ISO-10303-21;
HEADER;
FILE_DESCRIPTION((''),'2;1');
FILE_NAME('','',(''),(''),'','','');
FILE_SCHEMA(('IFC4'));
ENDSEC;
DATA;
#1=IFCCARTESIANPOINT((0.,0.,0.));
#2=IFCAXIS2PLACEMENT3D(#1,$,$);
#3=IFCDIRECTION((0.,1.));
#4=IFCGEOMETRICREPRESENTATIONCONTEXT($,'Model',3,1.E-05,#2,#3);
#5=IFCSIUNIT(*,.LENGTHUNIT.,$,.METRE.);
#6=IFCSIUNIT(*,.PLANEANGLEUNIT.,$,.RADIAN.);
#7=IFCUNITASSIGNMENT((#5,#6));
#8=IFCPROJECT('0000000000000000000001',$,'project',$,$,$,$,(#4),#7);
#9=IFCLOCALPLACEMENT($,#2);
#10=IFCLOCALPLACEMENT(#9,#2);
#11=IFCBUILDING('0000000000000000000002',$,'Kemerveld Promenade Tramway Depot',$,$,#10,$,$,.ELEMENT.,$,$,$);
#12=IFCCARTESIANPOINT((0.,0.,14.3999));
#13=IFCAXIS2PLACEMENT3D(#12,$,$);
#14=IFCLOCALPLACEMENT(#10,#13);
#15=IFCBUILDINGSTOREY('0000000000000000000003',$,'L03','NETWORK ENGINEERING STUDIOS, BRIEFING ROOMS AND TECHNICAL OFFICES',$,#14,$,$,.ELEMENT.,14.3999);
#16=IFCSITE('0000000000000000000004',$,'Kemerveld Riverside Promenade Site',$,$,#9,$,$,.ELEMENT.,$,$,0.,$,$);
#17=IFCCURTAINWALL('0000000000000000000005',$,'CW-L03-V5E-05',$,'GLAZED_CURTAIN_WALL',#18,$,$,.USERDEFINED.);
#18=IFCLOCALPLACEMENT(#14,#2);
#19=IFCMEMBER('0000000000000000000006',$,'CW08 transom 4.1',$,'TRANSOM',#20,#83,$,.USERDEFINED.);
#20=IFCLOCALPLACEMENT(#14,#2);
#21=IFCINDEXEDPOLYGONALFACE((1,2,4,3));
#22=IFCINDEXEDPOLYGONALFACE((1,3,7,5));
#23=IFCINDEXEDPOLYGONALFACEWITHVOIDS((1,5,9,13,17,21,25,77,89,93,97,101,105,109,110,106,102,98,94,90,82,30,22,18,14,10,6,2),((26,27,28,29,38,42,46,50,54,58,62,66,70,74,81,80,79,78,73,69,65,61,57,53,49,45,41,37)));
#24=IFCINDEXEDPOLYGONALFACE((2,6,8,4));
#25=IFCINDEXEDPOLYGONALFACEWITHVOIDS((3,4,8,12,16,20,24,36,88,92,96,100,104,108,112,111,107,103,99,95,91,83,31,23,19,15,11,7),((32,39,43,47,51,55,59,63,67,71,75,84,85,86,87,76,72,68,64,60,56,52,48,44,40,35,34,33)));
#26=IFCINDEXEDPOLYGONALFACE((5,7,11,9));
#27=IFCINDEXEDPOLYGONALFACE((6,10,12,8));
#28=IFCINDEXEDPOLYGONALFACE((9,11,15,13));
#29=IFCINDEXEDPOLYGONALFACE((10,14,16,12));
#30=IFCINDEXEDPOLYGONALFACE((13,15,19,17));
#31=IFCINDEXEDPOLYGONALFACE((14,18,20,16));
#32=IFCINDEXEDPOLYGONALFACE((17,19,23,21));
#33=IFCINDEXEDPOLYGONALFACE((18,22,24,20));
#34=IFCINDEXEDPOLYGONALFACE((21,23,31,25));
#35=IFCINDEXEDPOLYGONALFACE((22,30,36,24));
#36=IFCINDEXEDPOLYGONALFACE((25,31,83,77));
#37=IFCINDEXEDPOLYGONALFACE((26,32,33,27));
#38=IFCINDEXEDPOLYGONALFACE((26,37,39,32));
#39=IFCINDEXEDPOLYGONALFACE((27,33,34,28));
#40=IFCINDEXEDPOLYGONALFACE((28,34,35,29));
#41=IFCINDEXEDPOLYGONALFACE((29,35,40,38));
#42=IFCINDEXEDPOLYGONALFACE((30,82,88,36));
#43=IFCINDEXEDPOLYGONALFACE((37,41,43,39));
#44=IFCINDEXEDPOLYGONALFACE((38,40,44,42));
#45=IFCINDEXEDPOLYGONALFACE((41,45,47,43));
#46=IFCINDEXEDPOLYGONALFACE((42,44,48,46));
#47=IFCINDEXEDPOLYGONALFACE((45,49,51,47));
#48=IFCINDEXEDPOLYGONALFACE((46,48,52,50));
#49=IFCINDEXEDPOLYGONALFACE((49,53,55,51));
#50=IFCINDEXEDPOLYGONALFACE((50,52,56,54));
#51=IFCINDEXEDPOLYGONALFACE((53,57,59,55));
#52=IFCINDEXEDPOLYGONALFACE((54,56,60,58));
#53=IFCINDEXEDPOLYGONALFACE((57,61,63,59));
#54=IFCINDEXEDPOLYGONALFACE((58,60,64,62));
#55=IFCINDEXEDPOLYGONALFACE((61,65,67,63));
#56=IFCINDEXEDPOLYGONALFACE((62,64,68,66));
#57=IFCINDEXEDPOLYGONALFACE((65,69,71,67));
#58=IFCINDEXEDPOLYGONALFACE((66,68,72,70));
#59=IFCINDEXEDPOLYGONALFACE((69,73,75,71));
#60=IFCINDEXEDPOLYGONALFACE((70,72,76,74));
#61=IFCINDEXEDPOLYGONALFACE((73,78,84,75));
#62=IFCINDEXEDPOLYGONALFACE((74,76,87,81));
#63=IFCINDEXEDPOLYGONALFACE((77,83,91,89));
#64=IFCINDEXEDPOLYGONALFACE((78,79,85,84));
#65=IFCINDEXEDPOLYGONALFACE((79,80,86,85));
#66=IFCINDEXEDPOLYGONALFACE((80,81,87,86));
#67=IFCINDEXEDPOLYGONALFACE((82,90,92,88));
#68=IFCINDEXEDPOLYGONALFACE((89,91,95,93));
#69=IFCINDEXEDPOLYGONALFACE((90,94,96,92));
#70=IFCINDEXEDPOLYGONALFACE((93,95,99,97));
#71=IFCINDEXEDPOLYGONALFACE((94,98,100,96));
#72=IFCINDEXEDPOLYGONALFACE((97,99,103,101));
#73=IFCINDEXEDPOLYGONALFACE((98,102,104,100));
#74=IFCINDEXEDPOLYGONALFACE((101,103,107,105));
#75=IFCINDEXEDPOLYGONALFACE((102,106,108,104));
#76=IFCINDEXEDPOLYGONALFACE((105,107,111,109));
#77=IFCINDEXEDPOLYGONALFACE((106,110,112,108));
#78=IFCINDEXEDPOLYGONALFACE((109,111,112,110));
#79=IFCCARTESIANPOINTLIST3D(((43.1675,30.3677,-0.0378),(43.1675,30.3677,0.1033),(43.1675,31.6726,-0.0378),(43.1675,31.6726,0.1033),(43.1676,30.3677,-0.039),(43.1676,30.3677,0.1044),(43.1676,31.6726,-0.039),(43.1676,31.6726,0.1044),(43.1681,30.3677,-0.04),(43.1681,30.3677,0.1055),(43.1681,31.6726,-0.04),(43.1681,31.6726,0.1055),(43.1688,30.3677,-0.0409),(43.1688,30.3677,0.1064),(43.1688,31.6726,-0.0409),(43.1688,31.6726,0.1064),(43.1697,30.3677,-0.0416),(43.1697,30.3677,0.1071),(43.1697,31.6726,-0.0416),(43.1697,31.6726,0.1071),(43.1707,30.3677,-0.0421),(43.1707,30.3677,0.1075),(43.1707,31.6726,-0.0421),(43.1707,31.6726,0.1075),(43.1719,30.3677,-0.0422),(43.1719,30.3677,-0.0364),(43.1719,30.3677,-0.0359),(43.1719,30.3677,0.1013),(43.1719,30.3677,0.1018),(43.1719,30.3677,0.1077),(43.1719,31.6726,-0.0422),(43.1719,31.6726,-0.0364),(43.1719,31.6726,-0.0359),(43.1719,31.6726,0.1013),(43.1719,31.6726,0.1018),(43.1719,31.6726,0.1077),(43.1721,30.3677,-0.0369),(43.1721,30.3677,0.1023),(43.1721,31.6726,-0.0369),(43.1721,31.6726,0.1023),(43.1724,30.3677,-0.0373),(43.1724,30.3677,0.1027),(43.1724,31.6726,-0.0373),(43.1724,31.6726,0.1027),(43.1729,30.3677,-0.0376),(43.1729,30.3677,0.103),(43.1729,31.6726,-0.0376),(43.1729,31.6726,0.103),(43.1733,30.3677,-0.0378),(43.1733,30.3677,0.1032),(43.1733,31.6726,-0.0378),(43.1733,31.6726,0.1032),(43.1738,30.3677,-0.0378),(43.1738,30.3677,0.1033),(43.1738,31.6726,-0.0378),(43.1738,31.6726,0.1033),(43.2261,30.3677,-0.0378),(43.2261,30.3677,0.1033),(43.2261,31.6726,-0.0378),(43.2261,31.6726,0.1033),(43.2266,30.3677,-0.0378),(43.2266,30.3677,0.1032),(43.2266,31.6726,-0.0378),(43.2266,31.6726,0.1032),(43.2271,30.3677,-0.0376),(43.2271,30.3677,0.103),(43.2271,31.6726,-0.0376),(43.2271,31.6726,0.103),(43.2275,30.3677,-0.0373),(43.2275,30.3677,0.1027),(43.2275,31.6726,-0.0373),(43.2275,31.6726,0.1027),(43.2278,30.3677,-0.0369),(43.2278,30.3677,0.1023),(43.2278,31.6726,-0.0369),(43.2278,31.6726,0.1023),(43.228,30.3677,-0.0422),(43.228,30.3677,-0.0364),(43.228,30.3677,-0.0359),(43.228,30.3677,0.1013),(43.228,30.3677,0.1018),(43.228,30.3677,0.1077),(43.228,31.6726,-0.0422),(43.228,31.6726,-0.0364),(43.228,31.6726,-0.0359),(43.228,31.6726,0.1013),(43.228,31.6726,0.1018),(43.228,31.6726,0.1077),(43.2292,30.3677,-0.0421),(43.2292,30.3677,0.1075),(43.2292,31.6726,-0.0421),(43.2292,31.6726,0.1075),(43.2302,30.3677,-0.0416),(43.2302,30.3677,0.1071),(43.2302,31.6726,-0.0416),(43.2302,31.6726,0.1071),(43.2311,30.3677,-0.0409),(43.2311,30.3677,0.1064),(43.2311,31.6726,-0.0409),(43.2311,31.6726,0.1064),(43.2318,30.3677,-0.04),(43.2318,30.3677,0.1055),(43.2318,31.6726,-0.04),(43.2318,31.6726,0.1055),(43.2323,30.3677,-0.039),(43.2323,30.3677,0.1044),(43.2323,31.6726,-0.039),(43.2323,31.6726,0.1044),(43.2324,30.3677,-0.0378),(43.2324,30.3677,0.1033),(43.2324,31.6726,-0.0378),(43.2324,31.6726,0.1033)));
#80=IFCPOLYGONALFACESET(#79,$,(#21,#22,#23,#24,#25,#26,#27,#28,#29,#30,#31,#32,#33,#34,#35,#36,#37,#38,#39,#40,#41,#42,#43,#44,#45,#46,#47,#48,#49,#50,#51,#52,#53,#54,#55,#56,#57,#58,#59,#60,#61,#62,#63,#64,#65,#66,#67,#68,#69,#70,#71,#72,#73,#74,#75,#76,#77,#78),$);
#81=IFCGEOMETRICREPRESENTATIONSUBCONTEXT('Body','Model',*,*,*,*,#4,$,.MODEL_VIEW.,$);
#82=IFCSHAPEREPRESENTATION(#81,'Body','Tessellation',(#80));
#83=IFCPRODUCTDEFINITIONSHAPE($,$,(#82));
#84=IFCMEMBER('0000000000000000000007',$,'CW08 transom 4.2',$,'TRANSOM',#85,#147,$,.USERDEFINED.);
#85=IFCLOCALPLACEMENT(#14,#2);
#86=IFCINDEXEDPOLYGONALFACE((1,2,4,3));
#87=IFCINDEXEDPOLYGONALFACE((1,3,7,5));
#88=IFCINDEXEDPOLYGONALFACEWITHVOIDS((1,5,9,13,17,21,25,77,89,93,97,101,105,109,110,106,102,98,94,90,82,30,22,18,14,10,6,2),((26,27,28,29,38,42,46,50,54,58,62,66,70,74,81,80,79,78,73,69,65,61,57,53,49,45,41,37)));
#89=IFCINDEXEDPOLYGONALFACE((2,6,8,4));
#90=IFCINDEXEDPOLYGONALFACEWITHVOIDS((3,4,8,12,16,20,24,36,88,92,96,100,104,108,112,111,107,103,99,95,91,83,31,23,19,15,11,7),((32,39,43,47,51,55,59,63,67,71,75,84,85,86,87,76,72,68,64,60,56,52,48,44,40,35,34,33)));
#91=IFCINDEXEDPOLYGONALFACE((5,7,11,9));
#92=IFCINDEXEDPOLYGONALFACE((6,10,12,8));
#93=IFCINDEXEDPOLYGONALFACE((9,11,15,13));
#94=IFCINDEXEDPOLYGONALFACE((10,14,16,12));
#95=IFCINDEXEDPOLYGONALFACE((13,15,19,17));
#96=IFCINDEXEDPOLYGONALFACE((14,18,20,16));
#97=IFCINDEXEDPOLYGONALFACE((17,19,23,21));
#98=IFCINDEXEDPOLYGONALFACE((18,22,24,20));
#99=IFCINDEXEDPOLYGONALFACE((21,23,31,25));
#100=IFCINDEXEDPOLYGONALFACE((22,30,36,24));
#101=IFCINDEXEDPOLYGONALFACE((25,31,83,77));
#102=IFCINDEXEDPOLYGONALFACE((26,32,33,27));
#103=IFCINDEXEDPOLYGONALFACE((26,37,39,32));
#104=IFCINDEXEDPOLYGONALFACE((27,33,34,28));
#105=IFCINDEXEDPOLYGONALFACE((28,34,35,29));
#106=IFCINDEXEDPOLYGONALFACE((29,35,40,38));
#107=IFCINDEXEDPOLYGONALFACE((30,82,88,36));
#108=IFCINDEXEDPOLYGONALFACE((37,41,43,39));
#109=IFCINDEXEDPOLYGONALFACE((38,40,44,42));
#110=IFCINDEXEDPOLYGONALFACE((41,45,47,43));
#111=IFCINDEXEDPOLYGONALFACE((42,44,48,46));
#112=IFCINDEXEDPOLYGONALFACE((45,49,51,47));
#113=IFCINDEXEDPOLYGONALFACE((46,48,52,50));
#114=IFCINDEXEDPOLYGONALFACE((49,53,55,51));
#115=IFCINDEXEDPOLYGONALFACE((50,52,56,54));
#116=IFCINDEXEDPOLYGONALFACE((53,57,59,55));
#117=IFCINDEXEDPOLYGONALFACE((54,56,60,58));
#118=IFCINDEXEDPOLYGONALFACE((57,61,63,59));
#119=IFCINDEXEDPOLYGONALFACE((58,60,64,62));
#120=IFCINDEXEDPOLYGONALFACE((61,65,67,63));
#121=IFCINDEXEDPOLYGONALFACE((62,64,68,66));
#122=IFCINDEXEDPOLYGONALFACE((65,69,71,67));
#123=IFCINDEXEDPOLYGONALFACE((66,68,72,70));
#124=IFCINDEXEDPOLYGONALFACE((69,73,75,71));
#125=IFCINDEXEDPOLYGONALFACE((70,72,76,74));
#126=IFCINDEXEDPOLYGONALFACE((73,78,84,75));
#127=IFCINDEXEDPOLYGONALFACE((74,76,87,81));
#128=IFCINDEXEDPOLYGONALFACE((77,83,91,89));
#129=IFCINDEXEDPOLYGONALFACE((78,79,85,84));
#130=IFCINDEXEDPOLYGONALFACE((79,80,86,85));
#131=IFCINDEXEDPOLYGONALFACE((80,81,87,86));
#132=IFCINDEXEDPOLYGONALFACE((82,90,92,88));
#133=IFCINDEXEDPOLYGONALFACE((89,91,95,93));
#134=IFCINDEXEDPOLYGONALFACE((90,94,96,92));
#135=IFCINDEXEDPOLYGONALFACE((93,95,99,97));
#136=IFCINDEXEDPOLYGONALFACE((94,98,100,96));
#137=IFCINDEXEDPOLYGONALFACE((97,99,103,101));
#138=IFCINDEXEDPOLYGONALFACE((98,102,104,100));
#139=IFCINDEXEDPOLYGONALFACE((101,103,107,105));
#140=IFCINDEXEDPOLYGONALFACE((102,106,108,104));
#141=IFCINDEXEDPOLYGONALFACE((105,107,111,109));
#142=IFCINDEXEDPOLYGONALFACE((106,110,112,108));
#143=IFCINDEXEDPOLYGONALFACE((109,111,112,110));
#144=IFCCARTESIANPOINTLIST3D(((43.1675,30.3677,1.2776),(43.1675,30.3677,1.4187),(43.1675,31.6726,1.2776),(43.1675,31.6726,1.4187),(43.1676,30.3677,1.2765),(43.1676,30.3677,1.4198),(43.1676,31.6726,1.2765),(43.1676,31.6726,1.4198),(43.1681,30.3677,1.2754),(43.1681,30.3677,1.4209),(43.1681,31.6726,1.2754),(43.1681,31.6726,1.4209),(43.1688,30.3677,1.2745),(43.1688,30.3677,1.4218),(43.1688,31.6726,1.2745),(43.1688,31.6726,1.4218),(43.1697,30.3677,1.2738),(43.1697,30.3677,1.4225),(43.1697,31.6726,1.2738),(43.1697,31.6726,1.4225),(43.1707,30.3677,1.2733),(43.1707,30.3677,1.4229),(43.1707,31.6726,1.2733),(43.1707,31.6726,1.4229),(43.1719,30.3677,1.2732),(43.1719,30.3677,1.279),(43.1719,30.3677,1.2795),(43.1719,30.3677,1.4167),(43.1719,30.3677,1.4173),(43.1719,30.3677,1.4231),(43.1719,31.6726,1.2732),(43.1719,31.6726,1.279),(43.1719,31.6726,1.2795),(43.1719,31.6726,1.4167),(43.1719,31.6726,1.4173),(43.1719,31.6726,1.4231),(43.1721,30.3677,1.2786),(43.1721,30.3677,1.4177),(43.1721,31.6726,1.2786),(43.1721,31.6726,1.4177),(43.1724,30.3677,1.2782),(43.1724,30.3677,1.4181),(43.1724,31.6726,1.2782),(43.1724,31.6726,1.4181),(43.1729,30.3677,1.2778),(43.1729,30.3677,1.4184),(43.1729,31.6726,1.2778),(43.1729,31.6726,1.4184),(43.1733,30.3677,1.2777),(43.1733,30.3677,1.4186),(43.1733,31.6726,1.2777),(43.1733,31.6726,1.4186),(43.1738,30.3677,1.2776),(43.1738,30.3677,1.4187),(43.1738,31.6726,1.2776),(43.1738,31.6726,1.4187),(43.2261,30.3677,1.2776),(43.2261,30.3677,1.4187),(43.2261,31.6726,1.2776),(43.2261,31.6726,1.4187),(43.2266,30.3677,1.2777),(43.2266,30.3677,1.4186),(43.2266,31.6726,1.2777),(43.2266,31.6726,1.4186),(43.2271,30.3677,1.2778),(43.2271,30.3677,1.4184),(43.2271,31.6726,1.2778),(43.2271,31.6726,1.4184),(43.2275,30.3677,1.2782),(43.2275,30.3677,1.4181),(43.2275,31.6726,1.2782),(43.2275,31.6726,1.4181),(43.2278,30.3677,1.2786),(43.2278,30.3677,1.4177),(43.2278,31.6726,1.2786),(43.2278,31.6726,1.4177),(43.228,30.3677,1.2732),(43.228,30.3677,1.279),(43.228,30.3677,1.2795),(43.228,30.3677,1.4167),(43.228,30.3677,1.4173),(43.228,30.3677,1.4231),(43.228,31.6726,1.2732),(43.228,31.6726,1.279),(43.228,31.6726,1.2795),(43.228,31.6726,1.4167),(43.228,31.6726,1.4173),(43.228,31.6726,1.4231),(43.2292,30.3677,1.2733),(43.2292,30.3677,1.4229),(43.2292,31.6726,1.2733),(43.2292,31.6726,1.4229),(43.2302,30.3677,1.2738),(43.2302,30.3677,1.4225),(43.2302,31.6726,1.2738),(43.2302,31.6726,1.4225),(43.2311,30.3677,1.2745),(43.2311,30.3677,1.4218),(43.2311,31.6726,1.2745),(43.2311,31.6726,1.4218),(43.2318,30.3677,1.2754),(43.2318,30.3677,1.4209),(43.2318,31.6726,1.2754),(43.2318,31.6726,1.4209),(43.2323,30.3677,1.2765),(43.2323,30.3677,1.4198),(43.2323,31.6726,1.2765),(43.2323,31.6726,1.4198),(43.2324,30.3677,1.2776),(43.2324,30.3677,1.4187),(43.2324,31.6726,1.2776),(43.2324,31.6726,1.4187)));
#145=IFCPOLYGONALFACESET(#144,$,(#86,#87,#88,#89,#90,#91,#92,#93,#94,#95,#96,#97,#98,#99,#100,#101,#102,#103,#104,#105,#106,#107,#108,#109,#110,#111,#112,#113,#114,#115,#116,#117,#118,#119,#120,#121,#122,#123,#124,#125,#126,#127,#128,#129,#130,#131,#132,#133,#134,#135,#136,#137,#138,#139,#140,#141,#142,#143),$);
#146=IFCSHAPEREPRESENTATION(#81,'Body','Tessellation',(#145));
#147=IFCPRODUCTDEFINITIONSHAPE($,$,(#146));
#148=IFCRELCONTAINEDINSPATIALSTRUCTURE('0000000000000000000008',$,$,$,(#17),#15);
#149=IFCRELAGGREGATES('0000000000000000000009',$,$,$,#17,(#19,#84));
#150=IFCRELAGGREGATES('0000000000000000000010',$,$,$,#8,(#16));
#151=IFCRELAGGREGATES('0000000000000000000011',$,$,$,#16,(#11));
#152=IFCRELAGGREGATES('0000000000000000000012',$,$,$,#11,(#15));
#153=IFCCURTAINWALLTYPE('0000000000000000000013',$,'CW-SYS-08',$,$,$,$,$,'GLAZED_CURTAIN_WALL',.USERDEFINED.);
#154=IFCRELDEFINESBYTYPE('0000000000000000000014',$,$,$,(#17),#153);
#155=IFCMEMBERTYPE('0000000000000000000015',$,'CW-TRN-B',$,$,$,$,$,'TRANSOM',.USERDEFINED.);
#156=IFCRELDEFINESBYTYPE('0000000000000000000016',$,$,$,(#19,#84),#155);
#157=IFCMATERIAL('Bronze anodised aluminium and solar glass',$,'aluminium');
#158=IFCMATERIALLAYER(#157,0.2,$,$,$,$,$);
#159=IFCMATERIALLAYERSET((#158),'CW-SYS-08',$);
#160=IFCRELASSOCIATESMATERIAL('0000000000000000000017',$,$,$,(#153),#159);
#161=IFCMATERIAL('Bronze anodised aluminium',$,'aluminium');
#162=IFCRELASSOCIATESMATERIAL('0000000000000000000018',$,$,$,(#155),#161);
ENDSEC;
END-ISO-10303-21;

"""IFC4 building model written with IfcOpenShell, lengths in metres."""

from ifc_helpers import new_model, si_unit, direction, frame, origin, origin_2d, place, context, subcontext, project, spatial, hollow_rectangle, extrude, material, layer, layer_set, material_profile, profile_set, type_object, element, aggregate, save


model = new_model("IFC4")

# Units and contexts
model_context = context("Model", 3, precision=1e-05, world=origin(), true_north=direction((0.0, 1.0)))
body_context = subcontext(model_context, "Body", "Model", "MODEL_VIEW")
ifc_project = project(units=[si_unit("LENGTHUNIT", "METRE"), si_unit("PLANEANGLEUNIT", "RADIAN")], contexts=[model_context])

# Site, building, storey
site_placement = place(None, origin())
site = spatial("IfcSite", under=ifc_project, at=site_placement, Name="Kemerveld Riverside Promenade Site", CompositionType="ELEMENT", RefElevation=0.0)
building_placement = place(site_placement, origin())
building = spatial("IfcBuilding", under=site, at=building_placement, Name="Kemerveld Promenade Tramway Depot", CompositionType="ELEMENT")
storey_placement = place(building_placement, frame((0.0, 0.0, 14.3999)))
storey = spatial("IfcBuildingStorey", under=building, at=storey_placement, Name="L03", Description="NETWORK ENGINEERING STUDIOS, BRIEFING ROOMS AND TECHNICAL OFFICES", CompositionType="ELEMENT", Elevation=14.3999)

# Curtain wall, members
ifc_material_1 = material(Name="Bronze anodised aluminium and solar glass", Category="aluminium")
ifc_layer_1 = layer(ifc_material_1, 0.2)
ifc_layer_set_1 = layer_set([ifc_layer_1], Name="CW-SYS-08")
curtain_wall_type = type_object("IfcCurtainWallType", Name="CW-SYS-08", ElementType="GLAZED_CURTAIN_WALL", PredefinedType="USERDEFINED", material=ifc_layer_set_1)
curtain_wall_placement = place(storey_placement, origin())
curtain_wall = element("IfcCurtainWall", 1, at=curtain_wall_placement, inside=storey, type_object=curtain_wall_type, Name="CW-L03-V5E-05", ObjectType="GLAZED_CURTAIN_WALL", PredefinedType="USERDEFINED")
ifc_material_2 = material(Name="Bronze anodised aluminium", Category="aluminium")
ifc_material_profile_1 = material_profile(ifc_material_2, hollow_rectangle(XDim=0.0649, YDim=0.1499, WallThickness=0.0044, InnerFilletRadius=0.002, OuterFilletRadius=0.0044, at=origin_2d()), Name="CW-TRN-150x65")
ifc_profile_set_1 = profile_set([ifc_material_profile_1], Name="Bronze anodised aluminium")
member_type_1 = type_object("IfcMemberType", Name="CW-TRN-B", ElementType="TRANSOM", PredefinedType="USERDEFINED", material=ifc_profile_set_1)
member_1_placement = place(storey_placement, frame((43.2, 31.6726, 0.0327), z_axis=(0.0, -1.0, 0.0), x_axis=(1.0, 0.0, 0.0)))
member_1 = element("IfcMember", 2, at=member_1_placement, type_object=member_type_1, Name="CW08 transom 4.1", ObjectType="TRANSOM", PredefinedType="USERDEFINED", context=body_context, shape_type="SweptSolid", body=[
    extrude(hollow_rectangle(XDim=0.0649, YDim=0.1499, WallThickness=0.0044, InnerFilletRadius=0.002, OuterFilletRadius=0.0044, at=origin_2d()), origin(), (0.0, 0.0, 1.0), 1.3049),
])
member_2_placement = place(storey_placement, frame((43.2, 31.6726, 1.3481), z_axis=(0.0, -1.0, 0.0), x_axis=(1.0, 0.0, 0.0)))
member_2 = element("IfcMember", 3, at=member_2_placement, type_object=member_type_1, Name="CW08 transom 4.2", ObjectType="TRANSOM", PredefinedType="USERDEFINED", context=body_context, shape_type="SweptSolid", body=[
    extrude(hollow_rectangle(XDim=0.0649, YDim=0.1499, WallThickness=0.0044, InnerFilletRadius=0.002, OuterFilletRadius=0.0044, at=origin_2d()), origin(), (0.0, 0.0, 1.0), 1.3049),
])
aggregate(curtain_wall, [member_1, member_2])

save(model, "model.ifc")
